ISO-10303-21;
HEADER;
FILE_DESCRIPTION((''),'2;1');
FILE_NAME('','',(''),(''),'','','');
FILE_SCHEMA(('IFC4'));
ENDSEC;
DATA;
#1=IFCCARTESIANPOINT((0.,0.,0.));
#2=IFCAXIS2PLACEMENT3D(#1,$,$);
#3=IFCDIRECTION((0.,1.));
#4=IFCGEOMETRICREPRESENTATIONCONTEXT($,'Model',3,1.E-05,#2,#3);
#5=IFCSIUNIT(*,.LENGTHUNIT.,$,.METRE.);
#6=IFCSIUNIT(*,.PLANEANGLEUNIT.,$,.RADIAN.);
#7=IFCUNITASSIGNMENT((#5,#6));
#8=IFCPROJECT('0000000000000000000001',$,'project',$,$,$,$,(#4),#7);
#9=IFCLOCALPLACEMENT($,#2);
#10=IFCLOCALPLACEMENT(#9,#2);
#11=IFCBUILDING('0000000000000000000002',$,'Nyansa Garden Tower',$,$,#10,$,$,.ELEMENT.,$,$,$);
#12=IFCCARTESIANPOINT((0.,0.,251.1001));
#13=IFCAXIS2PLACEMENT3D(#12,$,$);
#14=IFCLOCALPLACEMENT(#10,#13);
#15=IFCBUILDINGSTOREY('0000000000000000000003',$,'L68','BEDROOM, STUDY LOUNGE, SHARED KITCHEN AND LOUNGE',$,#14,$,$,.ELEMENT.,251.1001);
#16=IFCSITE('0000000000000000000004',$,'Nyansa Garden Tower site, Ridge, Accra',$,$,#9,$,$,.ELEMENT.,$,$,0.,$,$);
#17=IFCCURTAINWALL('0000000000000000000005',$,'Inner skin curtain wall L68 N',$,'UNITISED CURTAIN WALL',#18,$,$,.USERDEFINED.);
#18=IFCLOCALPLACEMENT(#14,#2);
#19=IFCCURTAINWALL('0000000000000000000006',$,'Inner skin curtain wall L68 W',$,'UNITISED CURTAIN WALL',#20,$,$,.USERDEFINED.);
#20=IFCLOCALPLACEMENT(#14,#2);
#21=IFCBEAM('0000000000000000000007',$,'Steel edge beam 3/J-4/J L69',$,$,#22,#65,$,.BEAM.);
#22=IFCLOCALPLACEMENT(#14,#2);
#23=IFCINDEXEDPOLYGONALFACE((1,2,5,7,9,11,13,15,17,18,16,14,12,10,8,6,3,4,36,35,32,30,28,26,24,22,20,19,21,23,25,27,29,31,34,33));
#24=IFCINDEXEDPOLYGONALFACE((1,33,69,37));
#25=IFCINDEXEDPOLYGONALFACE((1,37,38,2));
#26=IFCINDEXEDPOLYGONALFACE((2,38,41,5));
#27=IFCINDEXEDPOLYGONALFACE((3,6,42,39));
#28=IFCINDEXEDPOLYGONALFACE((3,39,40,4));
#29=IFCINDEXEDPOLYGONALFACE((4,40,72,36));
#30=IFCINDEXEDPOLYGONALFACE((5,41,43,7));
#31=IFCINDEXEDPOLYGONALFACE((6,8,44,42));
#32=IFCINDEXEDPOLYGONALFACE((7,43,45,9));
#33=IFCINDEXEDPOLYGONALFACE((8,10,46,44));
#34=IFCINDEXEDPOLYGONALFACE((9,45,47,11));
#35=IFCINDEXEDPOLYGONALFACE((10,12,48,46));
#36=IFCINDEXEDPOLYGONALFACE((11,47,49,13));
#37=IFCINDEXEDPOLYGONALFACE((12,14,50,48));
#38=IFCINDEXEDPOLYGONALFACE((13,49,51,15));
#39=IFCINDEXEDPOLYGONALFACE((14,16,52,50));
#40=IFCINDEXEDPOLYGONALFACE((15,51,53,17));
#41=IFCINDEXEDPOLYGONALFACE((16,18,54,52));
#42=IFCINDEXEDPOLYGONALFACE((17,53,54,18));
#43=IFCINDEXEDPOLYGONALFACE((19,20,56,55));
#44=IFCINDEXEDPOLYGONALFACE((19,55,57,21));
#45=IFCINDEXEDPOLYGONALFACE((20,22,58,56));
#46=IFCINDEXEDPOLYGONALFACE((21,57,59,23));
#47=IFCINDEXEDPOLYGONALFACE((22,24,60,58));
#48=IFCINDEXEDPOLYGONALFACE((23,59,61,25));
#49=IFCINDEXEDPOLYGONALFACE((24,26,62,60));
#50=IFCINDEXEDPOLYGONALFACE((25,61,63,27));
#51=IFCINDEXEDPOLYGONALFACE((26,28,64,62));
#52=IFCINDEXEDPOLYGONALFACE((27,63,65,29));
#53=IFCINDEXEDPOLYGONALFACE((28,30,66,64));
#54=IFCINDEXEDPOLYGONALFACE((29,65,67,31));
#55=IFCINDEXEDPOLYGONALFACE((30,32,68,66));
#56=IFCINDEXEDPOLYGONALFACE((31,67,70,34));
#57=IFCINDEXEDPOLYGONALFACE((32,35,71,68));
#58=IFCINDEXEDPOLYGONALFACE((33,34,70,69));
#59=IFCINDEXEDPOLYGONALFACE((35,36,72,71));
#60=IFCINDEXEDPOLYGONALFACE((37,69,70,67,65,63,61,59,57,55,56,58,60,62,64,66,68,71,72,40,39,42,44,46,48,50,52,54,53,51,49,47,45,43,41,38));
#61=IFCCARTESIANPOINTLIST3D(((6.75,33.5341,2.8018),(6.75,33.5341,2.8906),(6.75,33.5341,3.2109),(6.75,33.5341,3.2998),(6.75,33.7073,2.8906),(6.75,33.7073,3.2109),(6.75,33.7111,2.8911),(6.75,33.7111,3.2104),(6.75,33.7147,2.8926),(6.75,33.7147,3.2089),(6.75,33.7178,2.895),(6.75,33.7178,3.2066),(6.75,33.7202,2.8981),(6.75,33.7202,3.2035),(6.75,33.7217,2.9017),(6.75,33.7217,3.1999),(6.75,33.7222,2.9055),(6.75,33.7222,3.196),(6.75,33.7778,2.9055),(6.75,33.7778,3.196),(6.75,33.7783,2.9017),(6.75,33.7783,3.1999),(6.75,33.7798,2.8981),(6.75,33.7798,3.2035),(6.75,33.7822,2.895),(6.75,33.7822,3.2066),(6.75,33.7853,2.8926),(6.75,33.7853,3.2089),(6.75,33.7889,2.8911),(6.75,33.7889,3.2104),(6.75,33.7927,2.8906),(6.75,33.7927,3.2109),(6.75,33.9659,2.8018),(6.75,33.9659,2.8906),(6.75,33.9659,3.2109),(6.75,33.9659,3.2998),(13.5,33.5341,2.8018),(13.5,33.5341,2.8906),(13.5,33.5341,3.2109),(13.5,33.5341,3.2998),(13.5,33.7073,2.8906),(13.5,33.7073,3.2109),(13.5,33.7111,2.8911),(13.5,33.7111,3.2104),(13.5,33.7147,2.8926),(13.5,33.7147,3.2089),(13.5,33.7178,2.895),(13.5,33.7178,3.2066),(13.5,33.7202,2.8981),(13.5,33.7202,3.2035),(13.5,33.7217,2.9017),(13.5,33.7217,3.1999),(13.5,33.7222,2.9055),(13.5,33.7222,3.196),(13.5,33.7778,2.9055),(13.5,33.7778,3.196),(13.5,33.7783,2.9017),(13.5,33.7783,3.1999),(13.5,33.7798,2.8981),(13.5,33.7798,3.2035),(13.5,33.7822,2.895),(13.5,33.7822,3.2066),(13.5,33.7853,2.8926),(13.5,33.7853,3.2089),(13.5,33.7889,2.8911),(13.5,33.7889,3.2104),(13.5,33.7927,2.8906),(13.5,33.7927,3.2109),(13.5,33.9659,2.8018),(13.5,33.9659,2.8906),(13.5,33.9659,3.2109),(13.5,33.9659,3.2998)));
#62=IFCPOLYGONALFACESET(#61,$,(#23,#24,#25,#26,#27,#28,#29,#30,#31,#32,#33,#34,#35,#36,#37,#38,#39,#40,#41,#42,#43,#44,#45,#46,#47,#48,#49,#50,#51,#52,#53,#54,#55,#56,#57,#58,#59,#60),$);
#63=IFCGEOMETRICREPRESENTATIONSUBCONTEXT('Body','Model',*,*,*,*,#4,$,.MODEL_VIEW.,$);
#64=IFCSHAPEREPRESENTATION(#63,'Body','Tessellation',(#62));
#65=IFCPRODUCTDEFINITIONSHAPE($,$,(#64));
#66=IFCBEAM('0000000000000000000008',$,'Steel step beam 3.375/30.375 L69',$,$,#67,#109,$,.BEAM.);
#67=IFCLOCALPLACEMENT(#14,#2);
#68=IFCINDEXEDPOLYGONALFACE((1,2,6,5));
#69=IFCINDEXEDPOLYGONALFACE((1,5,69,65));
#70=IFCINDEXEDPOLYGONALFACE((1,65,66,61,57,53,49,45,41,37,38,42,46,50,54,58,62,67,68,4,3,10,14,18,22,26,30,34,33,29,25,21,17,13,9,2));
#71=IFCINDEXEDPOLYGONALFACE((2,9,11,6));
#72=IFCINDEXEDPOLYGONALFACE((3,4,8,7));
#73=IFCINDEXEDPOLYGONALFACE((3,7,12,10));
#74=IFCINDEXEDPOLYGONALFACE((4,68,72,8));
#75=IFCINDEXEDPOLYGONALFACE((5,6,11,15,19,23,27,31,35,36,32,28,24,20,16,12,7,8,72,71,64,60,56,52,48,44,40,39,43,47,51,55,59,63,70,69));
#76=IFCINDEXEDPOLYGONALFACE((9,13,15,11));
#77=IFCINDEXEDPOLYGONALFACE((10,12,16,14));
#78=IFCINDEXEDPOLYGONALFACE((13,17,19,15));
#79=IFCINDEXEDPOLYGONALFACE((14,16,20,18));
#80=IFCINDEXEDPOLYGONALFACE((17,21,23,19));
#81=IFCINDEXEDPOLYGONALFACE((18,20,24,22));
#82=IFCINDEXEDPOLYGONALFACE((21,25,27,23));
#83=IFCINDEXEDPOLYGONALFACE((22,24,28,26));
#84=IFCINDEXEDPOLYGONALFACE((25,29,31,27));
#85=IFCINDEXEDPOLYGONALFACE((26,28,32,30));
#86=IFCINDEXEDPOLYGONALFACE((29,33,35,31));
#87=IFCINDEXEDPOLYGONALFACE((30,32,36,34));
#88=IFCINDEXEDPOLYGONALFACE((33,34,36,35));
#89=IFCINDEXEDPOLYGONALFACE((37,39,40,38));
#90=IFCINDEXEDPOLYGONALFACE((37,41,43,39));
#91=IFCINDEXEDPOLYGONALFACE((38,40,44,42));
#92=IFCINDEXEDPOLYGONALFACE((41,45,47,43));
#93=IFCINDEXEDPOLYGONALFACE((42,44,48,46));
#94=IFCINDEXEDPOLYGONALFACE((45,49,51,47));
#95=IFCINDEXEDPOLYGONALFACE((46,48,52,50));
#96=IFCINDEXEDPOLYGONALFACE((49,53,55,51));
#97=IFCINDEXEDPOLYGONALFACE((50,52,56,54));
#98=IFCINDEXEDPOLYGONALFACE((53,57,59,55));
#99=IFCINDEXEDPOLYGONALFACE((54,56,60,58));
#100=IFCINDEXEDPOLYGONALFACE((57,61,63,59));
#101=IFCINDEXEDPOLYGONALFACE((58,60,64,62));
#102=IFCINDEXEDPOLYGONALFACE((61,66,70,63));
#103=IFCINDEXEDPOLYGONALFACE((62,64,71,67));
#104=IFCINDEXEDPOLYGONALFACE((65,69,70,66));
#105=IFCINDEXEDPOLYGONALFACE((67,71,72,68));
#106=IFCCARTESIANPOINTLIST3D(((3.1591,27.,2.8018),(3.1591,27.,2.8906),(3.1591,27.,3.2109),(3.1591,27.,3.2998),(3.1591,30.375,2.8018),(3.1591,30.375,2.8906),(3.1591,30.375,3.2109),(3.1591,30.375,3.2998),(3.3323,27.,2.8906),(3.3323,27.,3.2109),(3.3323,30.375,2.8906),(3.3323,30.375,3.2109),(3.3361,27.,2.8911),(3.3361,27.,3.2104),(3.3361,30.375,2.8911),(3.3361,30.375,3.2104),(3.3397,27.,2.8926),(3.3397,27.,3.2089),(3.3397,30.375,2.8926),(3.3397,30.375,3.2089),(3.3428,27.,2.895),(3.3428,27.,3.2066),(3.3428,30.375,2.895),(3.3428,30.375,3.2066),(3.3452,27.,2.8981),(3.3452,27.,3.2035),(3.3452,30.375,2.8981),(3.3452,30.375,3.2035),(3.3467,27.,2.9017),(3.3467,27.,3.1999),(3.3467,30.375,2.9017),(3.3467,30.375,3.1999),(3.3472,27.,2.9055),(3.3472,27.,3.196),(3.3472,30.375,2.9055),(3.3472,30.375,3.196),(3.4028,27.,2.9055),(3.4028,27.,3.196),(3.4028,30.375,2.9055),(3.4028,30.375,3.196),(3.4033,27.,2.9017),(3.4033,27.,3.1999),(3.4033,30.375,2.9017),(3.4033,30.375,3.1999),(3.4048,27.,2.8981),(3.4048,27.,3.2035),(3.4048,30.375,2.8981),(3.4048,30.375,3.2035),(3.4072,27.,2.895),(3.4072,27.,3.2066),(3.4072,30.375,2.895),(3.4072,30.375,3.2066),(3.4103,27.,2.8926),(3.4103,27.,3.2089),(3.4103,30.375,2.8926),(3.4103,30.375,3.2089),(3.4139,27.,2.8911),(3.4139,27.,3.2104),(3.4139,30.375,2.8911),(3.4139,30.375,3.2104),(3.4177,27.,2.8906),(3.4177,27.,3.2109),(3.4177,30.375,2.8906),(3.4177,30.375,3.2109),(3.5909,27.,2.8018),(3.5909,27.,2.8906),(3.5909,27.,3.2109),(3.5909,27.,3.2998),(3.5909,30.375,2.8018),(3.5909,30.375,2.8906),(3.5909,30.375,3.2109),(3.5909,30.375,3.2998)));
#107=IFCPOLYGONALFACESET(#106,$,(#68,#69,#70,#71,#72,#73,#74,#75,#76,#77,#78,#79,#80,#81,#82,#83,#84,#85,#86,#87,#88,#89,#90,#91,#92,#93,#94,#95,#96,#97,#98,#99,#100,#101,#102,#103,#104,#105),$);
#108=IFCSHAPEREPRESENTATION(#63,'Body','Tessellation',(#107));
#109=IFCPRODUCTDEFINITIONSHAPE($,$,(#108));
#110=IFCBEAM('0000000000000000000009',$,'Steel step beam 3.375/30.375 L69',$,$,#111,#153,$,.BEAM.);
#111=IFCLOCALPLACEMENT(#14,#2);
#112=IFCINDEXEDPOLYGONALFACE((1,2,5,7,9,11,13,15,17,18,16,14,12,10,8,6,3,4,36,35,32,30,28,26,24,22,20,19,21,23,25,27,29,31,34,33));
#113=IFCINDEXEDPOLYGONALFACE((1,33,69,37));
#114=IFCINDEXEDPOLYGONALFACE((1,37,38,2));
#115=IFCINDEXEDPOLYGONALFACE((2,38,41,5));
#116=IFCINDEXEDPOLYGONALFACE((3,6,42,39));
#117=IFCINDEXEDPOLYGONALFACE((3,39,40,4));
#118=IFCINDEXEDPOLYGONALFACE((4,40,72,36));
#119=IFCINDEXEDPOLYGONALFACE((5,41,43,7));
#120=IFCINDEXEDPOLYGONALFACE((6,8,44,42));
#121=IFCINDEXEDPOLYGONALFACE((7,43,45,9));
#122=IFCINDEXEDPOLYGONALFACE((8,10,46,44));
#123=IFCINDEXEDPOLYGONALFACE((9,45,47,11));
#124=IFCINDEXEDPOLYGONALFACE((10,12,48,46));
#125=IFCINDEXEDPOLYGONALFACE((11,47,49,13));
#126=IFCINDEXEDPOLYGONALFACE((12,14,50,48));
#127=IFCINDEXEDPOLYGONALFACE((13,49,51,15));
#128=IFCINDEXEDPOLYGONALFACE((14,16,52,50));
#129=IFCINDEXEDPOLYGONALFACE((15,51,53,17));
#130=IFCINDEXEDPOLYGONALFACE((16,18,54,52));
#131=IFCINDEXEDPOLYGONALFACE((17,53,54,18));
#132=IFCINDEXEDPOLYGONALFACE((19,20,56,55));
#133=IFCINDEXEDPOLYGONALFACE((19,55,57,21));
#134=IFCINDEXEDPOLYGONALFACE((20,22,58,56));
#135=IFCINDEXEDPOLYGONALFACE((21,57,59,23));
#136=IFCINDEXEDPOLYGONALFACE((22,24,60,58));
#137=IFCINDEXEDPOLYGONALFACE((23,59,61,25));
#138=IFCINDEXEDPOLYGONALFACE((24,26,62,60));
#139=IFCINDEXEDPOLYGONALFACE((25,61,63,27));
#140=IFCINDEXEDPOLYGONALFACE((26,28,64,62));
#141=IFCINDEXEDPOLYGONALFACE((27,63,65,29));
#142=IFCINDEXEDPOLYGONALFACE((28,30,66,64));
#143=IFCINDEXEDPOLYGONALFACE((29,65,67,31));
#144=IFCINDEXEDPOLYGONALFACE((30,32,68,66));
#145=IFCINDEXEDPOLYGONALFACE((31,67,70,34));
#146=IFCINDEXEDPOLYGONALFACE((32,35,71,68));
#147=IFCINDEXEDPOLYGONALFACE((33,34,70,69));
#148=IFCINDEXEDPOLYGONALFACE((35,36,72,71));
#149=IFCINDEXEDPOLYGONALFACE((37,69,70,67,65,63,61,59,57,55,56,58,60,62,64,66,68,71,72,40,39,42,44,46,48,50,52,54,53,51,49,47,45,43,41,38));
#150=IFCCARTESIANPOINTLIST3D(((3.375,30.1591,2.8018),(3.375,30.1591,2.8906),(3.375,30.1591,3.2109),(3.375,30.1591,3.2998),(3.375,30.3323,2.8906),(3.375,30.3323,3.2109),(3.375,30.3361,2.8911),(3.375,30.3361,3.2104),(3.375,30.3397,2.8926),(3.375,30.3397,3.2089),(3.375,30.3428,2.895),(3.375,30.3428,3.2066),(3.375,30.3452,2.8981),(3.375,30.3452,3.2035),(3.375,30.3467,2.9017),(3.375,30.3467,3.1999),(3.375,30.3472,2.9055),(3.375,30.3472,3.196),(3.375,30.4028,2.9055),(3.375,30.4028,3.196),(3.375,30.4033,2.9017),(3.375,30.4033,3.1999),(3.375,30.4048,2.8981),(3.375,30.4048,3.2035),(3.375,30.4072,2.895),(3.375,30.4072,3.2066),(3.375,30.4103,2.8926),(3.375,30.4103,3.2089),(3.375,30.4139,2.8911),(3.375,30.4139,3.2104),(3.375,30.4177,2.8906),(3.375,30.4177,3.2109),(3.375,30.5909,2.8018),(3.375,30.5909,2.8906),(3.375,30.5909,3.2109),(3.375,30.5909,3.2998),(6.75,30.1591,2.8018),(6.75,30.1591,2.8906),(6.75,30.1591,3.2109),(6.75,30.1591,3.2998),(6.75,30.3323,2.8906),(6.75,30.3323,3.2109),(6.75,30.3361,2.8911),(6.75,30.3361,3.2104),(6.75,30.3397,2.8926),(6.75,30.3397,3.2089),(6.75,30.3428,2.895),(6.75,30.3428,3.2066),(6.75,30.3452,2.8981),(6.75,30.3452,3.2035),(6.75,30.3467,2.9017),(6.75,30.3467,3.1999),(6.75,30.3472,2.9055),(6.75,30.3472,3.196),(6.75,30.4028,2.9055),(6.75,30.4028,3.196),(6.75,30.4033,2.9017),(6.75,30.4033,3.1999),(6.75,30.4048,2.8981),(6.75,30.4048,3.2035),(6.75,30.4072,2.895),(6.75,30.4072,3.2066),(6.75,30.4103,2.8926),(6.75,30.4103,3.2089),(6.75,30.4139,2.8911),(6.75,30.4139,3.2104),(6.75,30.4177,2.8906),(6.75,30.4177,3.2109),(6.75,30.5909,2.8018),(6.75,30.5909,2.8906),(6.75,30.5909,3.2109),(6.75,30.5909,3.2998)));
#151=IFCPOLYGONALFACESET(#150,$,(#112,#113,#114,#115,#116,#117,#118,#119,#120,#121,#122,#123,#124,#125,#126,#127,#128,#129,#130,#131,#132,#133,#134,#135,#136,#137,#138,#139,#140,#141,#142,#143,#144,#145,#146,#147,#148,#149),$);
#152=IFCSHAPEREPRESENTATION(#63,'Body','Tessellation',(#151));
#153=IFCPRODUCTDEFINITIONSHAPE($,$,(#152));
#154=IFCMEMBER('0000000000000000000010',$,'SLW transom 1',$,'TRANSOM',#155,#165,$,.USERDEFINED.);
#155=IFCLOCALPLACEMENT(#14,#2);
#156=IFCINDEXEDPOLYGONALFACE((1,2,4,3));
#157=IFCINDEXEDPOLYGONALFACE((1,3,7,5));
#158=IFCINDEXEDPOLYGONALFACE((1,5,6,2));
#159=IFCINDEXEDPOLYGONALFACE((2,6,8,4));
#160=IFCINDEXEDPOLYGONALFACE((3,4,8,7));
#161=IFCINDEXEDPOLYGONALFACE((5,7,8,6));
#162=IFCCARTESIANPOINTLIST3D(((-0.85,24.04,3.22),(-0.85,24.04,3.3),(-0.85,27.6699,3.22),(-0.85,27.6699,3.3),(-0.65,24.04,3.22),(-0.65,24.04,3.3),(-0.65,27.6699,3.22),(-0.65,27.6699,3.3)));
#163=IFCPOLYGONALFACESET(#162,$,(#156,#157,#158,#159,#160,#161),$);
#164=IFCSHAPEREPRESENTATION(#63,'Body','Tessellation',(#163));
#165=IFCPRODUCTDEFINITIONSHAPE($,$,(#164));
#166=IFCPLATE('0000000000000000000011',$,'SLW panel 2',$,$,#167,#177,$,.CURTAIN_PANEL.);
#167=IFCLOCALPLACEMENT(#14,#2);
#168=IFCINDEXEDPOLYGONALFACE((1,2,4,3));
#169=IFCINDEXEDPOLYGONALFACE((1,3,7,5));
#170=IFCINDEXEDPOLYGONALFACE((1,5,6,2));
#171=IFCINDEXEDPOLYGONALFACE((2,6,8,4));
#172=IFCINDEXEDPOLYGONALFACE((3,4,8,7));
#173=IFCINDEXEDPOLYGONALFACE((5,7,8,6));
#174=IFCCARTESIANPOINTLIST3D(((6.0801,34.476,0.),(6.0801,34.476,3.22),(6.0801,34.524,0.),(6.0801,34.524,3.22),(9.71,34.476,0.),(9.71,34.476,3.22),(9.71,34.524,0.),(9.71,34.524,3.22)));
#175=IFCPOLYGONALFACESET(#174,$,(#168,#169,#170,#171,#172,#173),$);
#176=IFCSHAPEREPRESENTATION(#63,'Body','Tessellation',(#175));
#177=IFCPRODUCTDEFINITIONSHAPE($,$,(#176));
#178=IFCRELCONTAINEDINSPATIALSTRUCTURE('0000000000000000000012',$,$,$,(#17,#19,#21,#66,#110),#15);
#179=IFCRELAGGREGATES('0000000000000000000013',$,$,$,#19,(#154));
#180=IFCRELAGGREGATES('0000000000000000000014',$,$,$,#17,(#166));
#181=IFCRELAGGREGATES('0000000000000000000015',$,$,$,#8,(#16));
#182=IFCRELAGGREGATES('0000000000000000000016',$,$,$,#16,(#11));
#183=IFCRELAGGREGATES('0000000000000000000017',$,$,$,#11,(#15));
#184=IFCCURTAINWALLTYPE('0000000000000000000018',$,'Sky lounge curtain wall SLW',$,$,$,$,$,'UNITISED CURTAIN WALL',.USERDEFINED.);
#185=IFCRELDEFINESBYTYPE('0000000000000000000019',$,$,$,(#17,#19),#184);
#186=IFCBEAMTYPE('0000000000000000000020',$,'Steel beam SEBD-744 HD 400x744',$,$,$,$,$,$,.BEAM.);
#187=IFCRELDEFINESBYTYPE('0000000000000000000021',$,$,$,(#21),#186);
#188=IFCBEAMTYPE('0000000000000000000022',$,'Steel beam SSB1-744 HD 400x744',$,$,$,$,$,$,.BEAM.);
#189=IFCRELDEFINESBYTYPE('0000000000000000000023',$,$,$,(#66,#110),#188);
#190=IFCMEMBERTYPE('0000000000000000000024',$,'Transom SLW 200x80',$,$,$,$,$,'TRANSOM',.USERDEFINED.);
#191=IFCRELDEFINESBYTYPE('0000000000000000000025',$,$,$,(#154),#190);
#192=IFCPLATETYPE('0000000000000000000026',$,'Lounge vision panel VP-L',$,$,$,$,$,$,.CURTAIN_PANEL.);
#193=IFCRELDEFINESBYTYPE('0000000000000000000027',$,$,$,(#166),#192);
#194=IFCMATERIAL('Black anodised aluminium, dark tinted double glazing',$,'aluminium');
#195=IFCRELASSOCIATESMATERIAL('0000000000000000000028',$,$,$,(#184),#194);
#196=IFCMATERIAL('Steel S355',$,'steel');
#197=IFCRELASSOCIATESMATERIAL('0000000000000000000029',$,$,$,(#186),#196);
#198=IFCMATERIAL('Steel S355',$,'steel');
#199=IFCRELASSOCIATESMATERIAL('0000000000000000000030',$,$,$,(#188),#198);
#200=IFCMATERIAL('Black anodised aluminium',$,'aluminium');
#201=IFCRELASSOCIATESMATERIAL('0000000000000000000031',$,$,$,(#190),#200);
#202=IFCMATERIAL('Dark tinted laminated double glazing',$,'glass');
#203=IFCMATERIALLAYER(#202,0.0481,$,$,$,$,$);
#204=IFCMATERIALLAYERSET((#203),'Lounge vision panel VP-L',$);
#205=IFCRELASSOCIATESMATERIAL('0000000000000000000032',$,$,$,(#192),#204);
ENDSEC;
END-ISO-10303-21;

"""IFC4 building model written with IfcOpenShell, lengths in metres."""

from ifc_helpers import new_model, si_unit, direction, frame, origin, origin_2d, place, context, subcontext, project, spatial, rectangle, i_section, extrude, material, layer, layer_set, material_profile, profile_set, type_object, element, aggregate, save


model = new_model("IFC4")

# Units and contexts
model_context = context("Model", 3, precision=1e-05, world=origin(), true_north=direction((0.0, 1.0)))
body_context = subcontext(model_context, "Body", "Model", "MODEL_VIEW")
ifc_project = project(units=[si_unit("LENGTHUNIT", "METRE"), si_unit("PLANEANGLEUNIT", "RADIAN")], contexts=[model_context])

# Site, building, storey
site_placement = place(None, origin())
site = spatial("IfcSite", under=ifc_project, at=site_placement, Name="Nyansa Garden Tower site, Ridge, Accra", CompositionType="ELEMENT", RefElevation=0.0)
building_placement = place(site_placement, origin())
building = spatial("IfcBuilding", under=site, at=building_placement, Name="Nyansa Garden Tower", CompositionType="ELEMENT")
storey_placement = place(building_placement, frame((0.0, 0.0, 251.1001)))
storey = spatial("IfcBuildingStorey", under=building, at=storey_placement, Name="L68", Description="BEDROOM, STUDY LOUNGE, SHARED KITCHEN AND LOUNGE", CompositionType="ELEMENT", Elevation=251.1001)

# Curtain walls
ifc_material_1 = material(Name="Black anodised aluminium, dark tinted double glazing", Category="aluminium")
curtain_wall_type = type_object("IfcCurtainWallType", Name="Sky lounge curtain wall SLW", ElementType="UNITISED CURTAIN WALL", PredefinedType="USERDEFINED", material=ifc_material_1)
curtain_wall_1_placement = place(storey_placement, origin())
curtain_wall_1 = element("IfcCurtainWall", 1, at=curtain_wall_1_placement, inside=storey, type_object=curtain_wall_type, Name="Inner skin curtain wall L68 N", ObjectType="UNITISED CURTAIN WALL", PredefinedType="USERDEFINED")
curtain_wall_2_placement = place(storey_placement, origin())
curtain_wall_2 = element("IfcCurtainWall", 2, at=curtain_wall_2_placement, inside=storey, type_object=curtain_wall_type, Name="Inner skin curtain wall L68 W", ObjectType="UNITISED CURTAIN WALL", PredefinedType="USERDEFINED")

# Beams
ifc_material_2 = material(Name="Steel S355", Category="steel")
ifc_material_profile_1 = material_profile(ifc_material_2, i_section(OverallWidth=0.4319, OverallDepth=0.498, WebThickness=0.0557, FlangeThickness=0.0889, FilletRadius=0.0149, at=origin_2d()), Name="HD 400x744")
ifc_profile_set_1 = profile_set([ifc_material_profile_1], Name="Steel S355")
beam_type_1 = type_object("IfcBeamType", Name="Steel beam SEBD-744 HD 400x744", PredefinedType="BEAM", material=ifc_profile_set_1)
beam_1_placement = place(storey_placement, frame((6.75, 33.75, 3.0508), z_axis=(1.0, 0.0, 0.0), x_axis=(0.0, 1.0, 0.0)))
element("IfcBeam", 3, at=beam_1_placement, inside=storey, type_object=beam_type_1, Name="Steel edge beam 3/J-4/J L69", PredefinedType="BEAM", context=body_context, shape_type="SweptSolid", body=[
    extrude(i_section(OverallWidth=0.4319, OverallDepth=0.498, WebThickness=0.0557, FlangeThickness=0.0889, FilletRadius=0.0149, at=origin_2d()), origin(), (0.0, 0.0, 1.0), 6.75),
])
ifc_material_3 = material(Name="Steel S355", Category="steel")
ifc_material_profile_2 = material_profile(ifc_material_3, i_section(OverallWidth=0.4319, OverallDepth=0.498, WebThickness=0.0557, FlangeThickness=0.0889, FilletRadius=0.0149, at=origin_2d()), Name="HD 400x744")
ifc_profile_set_2 = profile_set([ifc_material_profile_2], Name="Steel S355")
beam_type_2 = type_object("IfcBeamType", Name="Steel beam SSB1-744 HD 400x744", PredefinedType="BEAM", material=ifc_profile_set_2)
for number, where, z_axis, x_axis, name in (
    (4, (3.375, 30.375, 3.0508), (0.0, -1.0, 0.0), (1.0, 0.0, 0.0), "Steel step beam 3.375/30.375 L69"),
    (5, (3.375, 30.375, 3.0508), (1.0, 0.0, 0.0), (0.0, 1.0, 0.0), "Steel step beam 3.375/30.375 L69"),
):
    element("IfcBeam", number, at=place(storey_placement, frame(where, z_axis=z_axis, x_axis=x_axis)), inside=storey, type_object=beam_type_2, Name=name, PredefinedType="BEAM", context=body_context, shape_type="SweptSolid", body=[
        extrude(i_section(OverallWidth=0.4319, OverallDepth=0.498, WebThickness=0.0557, FlangeThickness=0.0889, FilletRadius=0.0149, at=origin_2d()), origin(), (0.0, 0.0, 1.0), 3.375),
    ])

# Member
ifc_material_4 = material(Name="Black anodised aluminium", Category="aluminium")
ifc_material_profile_3 = material_profile(ifc_material_4, rectangle(XDim=0.2, YDim=0.0801, at=origin_2d()), Name="Transom 200x80")
ifc_profile_set_3 = profile_set([ifc_material_profile_3], Name="Black anodised aluminium")
member_type_1 = type_object("IfcMemberType", Name="Transom SLW 200x80", ElementType="TRANSOM", PredefinedType="USERDEFINED", material=ifc_profile_set_3)
member_1_placement = place(storey_placement, frame((-0.75, 27.6699, 3.26), z_axis=(0.0, -1.0, 0.0), x_axis=(1.0, 0.0, 0.0)))
member_1 = element("IfcMember", 6, at=member_1_placement, type_object=member_type_1, Name="SLW transom 1", ObjectType="TRANSOM", PredefinedType="USERDEFINED", context=body_context, shape_type="SweptSolid", body=[
    extrude(rectangle(XDim=0.2, YDim=0.0801, at=origin_2d()), origin(), (0.0, 0.0, 1.0), 3.6299),
])
aggregate(curtain_wall_2, [member_1])

# Plate
ifc_material_5 = material(Name="Dark tinted laminated double glazing", Category="glass")
ifc_layer_1 = layer(ifc_material_5, 0.0481)
ifc_layer_set_1 = layer_set([ifc_layer_1], Name="Lounge vision panel VP-L")
plate_type = type_object("IfcPlateType", Name="Lounge vision panel VP-L", PredefinedType="CURTAIN_PANEL", material=ifc_layer_set_1)
plate_placement = place(storey_placement, frame((7.895, 34.5, 0.0), z_axis=(0.0, 0.0, 1.0), x_axis=(-1.0, 0.0, 0.0)))
plate = element("IfcPlate", 7, at=plate_placement, type_object=plate_type, Name="SLW panel 2", PredefinedType="CURTAIN_PANEL", context=body_context, shape_type="SweptSolid", body=[
    extrude(rectangle(XDim=3.6299, YDim=0.0481, at=origin_2d()), origin(), (0.0, 0.0, 1.0), 3.22),
])
aggregate(curtain_wall_1, [plate])

save(model, "model.ifc")
